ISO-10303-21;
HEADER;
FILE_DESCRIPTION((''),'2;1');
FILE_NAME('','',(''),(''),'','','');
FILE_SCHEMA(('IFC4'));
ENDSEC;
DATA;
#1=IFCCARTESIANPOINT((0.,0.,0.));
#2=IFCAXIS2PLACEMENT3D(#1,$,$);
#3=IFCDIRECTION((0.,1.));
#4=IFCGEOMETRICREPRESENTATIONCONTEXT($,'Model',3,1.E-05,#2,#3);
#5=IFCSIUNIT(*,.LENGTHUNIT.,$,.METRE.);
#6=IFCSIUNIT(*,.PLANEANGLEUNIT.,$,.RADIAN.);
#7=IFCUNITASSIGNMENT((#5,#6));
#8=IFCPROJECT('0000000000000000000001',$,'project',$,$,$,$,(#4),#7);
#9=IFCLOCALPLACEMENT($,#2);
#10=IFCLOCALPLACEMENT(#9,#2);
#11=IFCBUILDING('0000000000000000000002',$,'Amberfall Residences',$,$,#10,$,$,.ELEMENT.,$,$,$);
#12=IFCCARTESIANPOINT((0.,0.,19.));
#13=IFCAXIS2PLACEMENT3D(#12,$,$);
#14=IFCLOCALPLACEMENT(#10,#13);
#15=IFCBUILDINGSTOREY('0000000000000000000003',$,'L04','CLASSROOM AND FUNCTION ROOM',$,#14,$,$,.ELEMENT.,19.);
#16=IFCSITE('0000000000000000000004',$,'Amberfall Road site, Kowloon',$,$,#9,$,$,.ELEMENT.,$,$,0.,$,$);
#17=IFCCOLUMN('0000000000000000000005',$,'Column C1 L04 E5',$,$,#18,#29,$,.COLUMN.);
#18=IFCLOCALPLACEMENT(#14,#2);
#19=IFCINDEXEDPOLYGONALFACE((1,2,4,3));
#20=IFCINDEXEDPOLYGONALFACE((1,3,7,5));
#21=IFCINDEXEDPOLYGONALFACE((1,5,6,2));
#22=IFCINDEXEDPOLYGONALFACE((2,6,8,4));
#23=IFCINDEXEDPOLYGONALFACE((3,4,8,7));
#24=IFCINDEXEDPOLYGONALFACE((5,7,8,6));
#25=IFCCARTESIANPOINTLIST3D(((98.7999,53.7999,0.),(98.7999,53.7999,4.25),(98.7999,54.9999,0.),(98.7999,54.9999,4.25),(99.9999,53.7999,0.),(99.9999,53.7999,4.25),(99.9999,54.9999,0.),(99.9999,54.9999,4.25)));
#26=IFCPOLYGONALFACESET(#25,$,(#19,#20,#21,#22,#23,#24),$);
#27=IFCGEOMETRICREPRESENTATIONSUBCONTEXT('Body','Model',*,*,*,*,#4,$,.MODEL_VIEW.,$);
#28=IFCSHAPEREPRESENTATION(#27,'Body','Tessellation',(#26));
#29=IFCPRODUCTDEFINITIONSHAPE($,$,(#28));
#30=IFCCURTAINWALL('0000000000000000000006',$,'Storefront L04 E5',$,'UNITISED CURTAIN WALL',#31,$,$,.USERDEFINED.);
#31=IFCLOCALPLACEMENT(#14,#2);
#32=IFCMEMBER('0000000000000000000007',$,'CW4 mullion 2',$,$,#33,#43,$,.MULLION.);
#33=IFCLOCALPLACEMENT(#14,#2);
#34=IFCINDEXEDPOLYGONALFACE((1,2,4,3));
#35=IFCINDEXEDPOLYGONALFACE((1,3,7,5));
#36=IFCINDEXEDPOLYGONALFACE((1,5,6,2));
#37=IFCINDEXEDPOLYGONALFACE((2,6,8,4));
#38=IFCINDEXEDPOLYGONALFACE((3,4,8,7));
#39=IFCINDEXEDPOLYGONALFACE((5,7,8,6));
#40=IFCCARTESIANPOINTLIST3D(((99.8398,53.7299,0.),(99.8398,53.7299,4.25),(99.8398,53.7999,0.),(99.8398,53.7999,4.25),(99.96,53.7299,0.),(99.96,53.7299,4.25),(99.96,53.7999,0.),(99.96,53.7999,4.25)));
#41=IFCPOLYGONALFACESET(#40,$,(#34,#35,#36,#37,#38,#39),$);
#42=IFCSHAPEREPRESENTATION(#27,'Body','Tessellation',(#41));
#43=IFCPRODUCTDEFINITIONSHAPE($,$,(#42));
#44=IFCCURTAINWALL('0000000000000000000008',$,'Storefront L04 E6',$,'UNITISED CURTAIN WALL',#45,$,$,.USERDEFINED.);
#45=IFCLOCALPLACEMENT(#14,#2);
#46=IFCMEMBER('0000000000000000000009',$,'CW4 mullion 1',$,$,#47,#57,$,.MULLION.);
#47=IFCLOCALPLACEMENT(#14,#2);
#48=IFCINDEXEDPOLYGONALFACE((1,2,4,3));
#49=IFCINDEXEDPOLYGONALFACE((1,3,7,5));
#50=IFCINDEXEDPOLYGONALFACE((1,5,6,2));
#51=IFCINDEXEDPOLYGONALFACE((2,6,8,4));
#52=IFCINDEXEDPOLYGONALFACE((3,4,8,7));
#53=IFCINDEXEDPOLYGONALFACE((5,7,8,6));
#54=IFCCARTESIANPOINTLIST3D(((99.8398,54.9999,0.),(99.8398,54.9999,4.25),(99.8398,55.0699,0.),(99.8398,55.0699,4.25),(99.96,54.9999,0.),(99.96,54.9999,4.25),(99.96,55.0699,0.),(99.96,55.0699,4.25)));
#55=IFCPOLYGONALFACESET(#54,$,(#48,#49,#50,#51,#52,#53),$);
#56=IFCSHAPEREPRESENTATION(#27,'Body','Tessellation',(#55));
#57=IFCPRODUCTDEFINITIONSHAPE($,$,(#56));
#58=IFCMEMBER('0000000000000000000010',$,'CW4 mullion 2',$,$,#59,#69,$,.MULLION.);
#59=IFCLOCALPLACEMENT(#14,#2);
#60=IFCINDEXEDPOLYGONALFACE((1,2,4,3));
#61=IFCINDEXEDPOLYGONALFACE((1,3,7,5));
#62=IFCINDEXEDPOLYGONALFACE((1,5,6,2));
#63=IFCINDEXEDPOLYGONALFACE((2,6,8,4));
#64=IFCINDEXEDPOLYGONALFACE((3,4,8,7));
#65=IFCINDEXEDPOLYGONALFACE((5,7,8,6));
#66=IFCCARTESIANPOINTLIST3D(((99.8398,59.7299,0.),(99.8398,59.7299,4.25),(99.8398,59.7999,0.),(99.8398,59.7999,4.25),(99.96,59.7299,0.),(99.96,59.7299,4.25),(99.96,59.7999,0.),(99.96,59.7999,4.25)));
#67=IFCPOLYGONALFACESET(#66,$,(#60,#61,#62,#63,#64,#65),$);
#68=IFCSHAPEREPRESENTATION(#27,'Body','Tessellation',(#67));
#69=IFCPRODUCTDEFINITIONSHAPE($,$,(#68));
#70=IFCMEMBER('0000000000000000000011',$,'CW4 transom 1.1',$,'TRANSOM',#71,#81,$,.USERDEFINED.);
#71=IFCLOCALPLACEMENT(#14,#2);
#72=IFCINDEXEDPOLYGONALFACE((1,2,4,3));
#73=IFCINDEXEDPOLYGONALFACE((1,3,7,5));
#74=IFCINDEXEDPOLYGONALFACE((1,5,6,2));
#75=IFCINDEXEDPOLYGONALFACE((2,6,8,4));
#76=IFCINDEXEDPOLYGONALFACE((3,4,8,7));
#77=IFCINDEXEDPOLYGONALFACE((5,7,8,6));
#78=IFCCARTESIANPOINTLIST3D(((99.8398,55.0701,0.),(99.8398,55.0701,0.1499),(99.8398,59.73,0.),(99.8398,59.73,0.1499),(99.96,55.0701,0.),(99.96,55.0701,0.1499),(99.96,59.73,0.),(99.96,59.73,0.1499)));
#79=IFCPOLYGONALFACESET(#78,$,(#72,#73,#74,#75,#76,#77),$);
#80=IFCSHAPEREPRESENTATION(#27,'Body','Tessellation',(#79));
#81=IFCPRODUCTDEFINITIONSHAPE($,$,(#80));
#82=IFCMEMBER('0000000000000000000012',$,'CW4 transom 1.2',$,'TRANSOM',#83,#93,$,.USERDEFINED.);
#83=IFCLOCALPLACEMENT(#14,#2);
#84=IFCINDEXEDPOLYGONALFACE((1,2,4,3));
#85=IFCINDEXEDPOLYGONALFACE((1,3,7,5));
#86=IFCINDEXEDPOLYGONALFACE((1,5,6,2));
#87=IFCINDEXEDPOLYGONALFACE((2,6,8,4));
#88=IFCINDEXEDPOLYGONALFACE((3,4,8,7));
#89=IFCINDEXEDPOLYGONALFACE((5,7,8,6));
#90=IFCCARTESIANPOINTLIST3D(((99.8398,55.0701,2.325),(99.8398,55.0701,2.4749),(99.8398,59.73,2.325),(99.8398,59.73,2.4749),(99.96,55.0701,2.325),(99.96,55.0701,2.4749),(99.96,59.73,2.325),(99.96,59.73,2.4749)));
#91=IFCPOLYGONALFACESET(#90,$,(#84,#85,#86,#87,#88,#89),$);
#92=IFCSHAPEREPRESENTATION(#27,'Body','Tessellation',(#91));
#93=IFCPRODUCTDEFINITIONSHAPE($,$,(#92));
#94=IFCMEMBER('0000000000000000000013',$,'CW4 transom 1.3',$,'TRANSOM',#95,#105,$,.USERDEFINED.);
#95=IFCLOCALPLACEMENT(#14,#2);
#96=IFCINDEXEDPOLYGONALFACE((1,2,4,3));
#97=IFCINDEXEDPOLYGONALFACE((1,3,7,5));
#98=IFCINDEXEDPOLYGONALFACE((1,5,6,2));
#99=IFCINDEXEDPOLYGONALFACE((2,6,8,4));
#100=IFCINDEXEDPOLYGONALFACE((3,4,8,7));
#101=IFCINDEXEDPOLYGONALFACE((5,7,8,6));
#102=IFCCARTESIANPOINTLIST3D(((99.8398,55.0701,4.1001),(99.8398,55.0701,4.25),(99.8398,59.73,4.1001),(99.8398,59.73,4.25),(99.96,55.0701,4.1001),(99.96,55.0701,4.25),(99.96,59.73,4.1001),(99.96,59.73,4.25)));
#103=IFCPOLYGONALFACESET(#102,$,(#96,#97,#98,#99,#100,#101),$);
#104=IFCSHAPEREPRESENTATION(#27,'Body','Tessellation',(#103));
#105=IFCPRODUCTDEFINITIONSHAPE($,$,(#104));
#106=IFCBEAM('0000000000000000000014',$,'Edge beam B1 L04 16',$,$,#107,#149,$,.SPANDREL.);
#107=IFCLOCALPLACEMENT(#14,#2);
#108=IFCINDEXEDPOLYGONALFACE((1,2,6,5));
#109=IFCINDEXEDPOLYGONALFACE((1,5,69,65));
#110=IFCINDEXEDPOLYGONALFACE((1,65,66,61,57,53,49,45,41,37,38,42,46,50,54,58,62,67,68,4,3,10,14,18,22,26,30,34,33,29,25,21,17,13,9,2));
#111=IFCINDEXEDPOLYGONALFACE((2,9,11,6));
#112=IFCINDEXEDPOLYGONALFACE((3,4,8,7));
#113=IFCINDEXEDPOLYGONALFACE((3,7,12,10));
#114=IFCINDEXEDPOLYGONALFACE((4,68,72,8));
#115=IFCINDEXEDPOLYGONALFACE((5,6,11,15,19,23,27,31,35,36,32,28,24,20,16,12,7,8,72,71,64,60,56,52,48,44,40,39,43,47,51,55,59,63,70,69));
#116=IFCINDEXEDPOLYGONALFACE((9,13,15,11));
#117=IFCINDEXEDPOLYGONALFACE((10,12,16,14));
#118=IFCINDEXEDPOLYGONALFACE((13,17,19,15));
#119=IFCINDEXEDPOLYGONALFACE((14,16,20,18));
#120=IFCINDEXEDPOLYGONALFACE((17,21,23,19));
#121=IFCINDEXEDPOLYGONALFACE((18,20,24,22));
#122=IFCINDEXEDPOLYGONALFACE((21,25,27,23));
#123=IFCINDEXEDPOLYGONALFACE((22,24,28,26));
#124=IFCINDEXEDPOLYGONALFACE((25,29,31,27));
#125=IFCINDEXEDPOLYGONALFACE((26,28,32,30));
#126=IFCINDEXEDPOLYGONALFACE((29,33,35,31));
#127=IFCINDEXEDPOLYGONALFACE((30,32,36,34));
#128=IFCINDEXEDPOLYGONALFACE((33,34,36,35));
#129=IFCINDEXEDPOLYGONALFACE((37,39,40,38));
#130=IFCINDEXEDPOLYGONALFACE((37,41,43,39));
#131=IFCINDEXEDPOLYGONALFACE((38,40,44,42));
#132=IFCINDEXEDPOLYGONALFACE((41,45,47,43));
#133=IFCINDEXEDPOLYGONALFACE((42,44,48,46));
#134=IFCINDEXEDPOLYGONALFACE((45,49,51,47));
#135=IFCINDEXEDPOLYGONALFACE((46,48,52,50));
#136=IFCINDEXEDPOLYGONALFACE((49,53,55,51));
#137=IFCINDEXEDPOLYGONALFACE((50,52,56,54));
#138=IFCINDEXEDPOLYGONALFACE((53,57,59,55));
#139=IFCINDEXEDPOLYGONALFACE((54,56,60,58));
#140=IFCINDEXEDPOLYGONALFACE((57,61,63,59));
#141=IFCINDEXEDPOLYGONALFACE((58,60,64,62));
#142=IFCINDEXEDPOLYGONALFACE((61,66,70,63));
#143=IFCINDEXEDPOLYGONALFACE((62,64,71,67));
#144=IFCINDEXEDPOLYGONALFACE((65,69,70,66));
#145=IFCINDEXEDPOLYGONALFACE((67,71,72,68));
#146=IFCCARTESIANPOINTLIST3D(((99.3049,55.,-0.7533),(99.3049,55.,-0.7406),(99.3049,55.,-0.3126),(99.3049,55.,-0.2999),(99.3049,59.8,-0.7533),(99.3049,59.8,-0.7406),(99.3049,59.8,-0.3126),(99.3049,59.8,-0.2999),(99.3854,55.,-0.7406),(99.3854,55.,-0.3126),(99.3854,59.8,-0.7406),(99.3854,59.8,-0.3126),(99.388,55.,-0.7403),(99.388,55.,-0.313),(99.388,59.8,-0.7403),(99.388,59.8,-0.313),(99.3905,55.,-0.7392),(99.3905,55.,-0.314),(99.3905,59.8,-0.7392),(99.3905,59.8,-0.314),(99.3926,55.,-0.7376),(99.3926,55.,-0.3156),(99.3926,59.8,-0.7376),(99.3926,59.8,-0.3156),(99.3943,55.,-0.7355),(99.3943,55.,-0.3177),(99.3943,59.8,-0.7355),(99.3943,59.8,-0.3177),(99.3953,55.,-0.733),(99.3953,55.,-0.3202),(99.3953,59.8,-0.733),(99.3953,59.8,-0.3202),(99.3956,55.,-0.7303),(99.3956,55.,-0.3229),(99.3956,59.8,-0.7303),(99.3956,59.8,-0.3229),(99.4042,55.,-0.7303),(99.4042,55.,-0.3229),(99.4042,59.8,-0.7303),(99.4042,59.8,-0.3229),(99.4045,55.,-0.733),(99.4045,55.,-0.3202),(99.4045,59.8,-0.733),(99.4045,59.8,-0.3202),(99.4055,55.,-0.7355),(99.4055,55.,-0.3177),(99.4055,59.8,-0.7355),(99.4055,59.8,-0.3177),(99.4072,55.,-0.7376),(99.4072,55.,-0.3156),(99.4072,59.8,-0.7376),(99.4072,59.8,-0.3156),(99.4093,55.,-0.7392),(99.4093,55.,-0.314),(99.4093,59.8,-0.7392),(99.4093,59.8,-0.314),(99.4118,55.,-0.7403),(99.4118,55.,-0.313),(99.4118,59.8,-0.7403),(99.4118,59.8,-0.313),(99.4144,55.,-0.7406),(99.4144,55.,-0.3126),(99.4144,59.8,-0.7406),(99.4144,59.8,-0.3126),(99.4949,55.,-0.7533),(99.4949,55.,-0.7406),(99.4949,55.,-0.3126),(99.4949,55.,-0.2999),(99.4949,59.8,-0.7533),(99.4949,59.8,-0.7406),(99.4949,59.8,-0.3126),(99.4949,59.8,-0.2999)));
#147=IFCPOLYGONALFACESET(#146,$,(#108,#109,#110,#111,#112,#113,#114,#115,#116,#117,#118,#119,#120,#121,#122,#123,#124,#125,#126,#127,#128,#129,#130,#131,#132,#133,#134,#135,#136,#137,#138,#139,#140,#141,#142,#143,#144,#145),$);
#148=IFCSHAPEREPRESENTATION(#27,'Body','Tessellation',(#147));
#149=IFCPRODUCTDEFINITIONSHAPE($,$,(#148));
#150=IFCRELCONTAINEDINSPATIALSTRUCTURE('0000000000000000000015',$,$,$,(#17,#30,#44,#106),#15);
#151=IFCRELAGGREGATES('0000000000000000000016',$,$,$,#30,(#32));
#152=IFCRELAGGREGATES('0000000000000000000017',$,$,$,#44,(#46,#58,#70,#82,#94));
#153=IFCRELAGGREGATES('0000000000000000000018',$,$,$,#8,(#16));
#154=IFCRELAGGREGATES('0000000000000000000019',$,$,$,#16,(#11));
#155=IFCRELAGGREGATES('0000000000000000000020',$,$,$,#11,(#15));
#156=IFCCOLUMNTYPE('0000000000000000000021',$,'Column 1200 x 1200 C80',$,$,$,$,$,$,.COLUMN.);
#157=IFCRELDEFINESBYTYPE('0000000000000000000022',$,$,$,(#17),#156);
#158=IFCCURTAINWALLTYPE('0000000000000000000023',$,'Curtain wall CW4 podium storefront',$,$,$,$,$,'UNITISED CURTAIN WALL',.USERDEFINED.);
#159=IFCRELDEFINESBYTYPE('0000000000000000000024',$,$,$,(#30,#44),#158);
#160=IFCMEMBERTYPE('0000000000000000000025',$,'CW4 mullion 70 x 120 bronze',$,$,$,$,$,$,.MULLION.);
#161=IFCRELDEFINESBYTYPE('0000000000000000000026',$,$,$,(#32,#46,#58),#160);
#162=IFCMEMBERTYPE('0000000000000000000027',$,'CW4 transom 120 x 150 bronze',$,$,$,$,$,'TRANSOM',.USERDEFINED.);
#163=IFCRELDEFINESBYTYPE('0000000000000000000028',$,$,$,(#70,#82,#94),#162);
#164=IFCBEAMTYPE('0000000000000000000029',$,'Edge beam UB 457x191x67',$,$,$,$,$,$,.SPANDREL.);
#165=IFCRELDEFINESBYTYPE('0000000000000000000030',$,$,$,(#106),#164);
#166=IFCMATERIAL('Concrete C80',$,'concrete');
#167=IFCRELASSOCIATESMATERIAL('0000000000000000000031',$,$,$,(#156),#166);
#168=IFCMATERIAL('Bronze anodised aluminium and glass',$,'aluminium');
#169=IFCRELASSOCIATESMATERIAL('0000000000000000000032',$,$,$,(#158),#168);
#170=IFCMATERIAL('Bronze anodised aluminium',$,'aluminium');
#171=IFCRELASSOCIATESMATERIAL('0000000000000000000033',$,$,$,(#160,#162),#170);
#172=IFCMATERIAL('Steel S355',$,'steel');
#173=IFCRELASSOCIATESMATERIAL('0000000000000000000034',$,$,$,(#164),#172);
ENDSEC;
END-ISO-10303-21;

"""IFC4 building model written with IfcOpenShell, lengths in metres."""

from ifc_helpers import new_model, si_unit, direction, frame, origin, origin_2d, place, context, subcontext, project, spatial, rectangle, i_section, extrude, material, material_profile, profile_set, type_object, element, aggregate, save


model = new_model("IFC4")

# Units and contexts
model_context = context("Model", 3, precision=1e-05, world=origin(), true_north=direction((0.0, 1.0)))
body_context = subcontext(model_context, "Body", "Model", "MODEL_VIEW")
ifc_project = project(units=[si_unit("LENGTHUNIT", "METRE"), si_unit("PLANEANGLEUNIT", "RADIAN")], contexts=[model_context])

# Site, building, storey
site_placement = place(None, origin())
site = spatial("IfcSite", under=ifc_project, at=site_placement, Name="Amberfall Road site, Kowloon", CompositionType="ELEMENT", RefElevation=0.0)
building_placement = place(site_placement, origin())
building = spatial("IfcBuilding", under=site, at=building_placement, Name="Amberfall Residences", CompositionType="ELEMENT")
storey_placement = place(building_placement, frame((0.0, 0.0, 19.0)))
storey = spatial("IfcBuildingStorey", under=building, at=storey_placement, Name="L04", Description="CLASSROOM AND FUNCTION ROOM", CompositionType="ELEMENT", Elevation=19.0)

# Column
ifc_material_1 = material(Name="Concrete C80", Category="concrete")
ifc_material_profile_1 = material_profile(ifc_material_1, rectangle(XDim=1.2, YDim=1.2, at=origin_2d()), Name="Column 1200 x 1200 C80")
ifc_profile_set_1 = profile_set([ifc_material_profile_1], Name="Concrete C80")
column_type = type_object("IfcColumnType", Name="Column 1200 x 1200 C80", PredefinedType="COLUMN", material=ifc_profile_set_1)
column_placement = place(storey_placement, frame((99.3999, 54.3999, 0.0), z_axis=(0.0, 0.0, 1.0), x_axis=(1.0, 0.0, 0.0)))
element("IfcColumn", 1, at=column_placement, inside=storey, type_object=column_type, Name="Column C1 L04 E5", PredefinedType="COLUMN", context=body_context, shape_type="SweptSolid", body=[
    extrude(rectangle(XDim=1.2, YDim=1.2, at=origin_2d()), origin(), (0.0, 0.0, 1.0), 4.25),
])

# Curtain wall, member
ifc_material_2 = material(Name="Bronze anodised aluminium and glass", Category="aluminium")
curtain_wall_type = type_object("IfcCurtainWallType", Name="Curtain wall CW4 podium storefront", ElementType="UNITISED CURTAIN WALL", PredefinedType="USERDEFINED", material=ifc_material_2)
curtain_wall_1_placement = place(storey_placement, origin())
curtain_wall_1 = element("IfcCurtainWall", 2, at=curtain_wall_1_placement, inside=storey, type_object=curtain_wall_type, Name="Storefront L04 E5", ObjectType="UNITISED CURTAIN WALL", PredefinedType="USERDEFINED")
ifc_material_3 = material(Name="Bronze anodised aluminium", Category="aluminium")
ifc_material_profile_2 = material_profile(ifc_material_3, rectangle(XDim=0.1201, YDim=0.0701, at=origin_2d()), Name="CW4 mullion 70 x 120 bronze")
ifc_profile_set_2 = profile_set([ifc_material_profile_2], Name="Bronze anodised aluminium")
member_type_1 = type_object("IfcMemberType", Name="CW4 mullion 70 x 120 bronze", PredefinedType="MULLION", material=ifc_profile_set_2)
member_1_placement = place(storey_placement, frame((99.8999, 53.7649, 0.0), z_axis=(0.0, 0.0, 1.0), x_axis=(-1.0, 0.0, 0.0)))
member_1 = element("IfcMember", 3, at=member_1_placement, type_object=member_type_1, Name="CW4 mullion 2", PredefinedType="MULLION", context=body_context, shape_type="SweptSolid", body=[
    extrude(rectangle(XDim=0.1201, YDim=0.0701, at=origin_2d()), origin(), (0.0, 0.0, 1.0), 4.25),
])
aggregate(curtain_wall_1, [member_1])

# Curtain wall, members
curtain_wall_2_placement = place(storey_placement, origin())
curtain_wall_2 = element("IfcCurtainWall", 4, at=curtain_wall_2_placement, inside=storey, type_object=curtain_wall_type, Name="Storefront L04 E6", ObjectType="UNITISED CURTAIN WALL", PredefinedType="USERDEFINED")
member_2_placement = place(storey_placement, frame((99.8999, 55.0349, 0.0), z_axis=(0.0, 0.0, 1.0), x_axis=(-1.0, 0.0, 0.0)))
member_2 = element("IfcMember", 5, at=member_2_placement, type_object=member_type_1, Name="CW4 mullion 1", PredefinedType="MULLION", context=body_context, shape_type="SweptSolid", body=[
    extrude(rectangle(XDim=0.1201, YDim=0.0701, at=origin_2d()), origin(), (0.0, 0.0, 1.0), 4.25),
])
member_3_placement = place(storey_placement, frame((99.8999, 59.7649, 0.0), z_axis=(0.0, 0.0, 1.0), x_axis=(-1.0, 0.0, 0.0)))
member_3 = element("IfcMember", 6, at=member_3_placement, type_object=member_type_1, Name="CW4 mullion 2", PredefinedType="MULLION", context=body_context, shape_type="SweptSolid", body=[
    extrude(rectangle(XDim=0.1201, YDim=0.0701, at=origin_2d()), origin(), (0.0, 0.0, 1.0), 4.25),
])
ifc_material_profile_3 = material_profile(ifc_material_3, rectangle(XDim=0.1201, YDim=0.1499, at=origin_2d()), Name="CW4 transom 120 x 150 bronze")
ifc_profile_set_3 = profile_set([ifc_material_profile_3], Name="Bronze anodised aluminium")
member_type_2 = type_object("IfcMemberType", Name="CW4 transom 120 x 150 bronze", ElementType="TRANSOM", PredefinedType="USERDEFINED", material=ifc_profile_set_3)
member_4_placement = place(storey_placement, frame((99.8999, 55.0701, 0.075), z_axis=(0.0, 1.0, 0.0), x_axis=(-1.0, 0.0, 0.0)))
member_4 = element("IfcMember", 7, at=member_4_placement, type_object=member_type_2, Name="CW4 transom 1.1", ObjectType="TRANSOM", PredefinedType="USERDEFINED", context=body_context, shape_type="SweptSolid", body=[
    extrude(rectangle(XDim=0.1201, YDim=0.1499, at=origin_2d()), origin(), (0.0, 0.0, 1.0), 4.6599),
])
member_5_placement = place(storey_placement, frame((99.8999, 55.0701, 2.3999), z_axis=(0.0, 1.0, 0.0), x_axis=(-1.0, 0.0, 0.0)))
member_5 = element("IfcMember", 8, at=member_5_placement, type_object=member_type_2, Name="CW4 transom 1.2", ObjectType="TRANSOM", PredefinedType="USERDEFINED", context=body_context, shape_type="SweptSolid", body=[
    extrude(rectangle(XDim=0.1201, YDim=0.1499, at=origin_2d()), origin(), (0.0, 0.0, 1.0), 4.6599),
])
member_6_placement = place(storey_placement, frame((99.8999, 55.0701, 4.175), z_axis=(0.0, 1.0, 0.0), x_axis=(-1.0, 0.0, 0.0)))
member_6 = element("IfcMember", 9, at=member_6_placement, type_object=member_type_2, Name="CW4 transom 1.3", ObjectType="TRANSOM", PredefinedType="USERDEFINED", context=body_context, shape_type="SweptSolid", body=[
    extrude(rectangle(XDim=0.1201, YDim=0.1499, at=origin_2d()), origin(), (0.0, 0.0, 1.0), 4.6599),
])

# Beam
ifc_material_4 = material(Name="Steel S355", Category="steel")
ifc_material_profile_4 = material_profile(ifc_material_4, i_section(OverallWidth=0.1899, OverallDepth=0.4534, WebThickness=0.0085, FlangeThickness=0.0127, FilletRadius=0.0103, at=origin_2d()), Name="UB 457x191x67")
ifc_profile_set_4 = profile_set([ifc_material_profile_4], Name="Steel S355")
beam_type_1 = type_object("IfcBeamType", Name="Edge beam UB 457x191x67", PredefinedType="SPANDREL", material=ifc_profile_set_4)
beam_1_placement = place(storey_placement, frame((99.3999, 55.0, -0.5266), z_axis=(0.0, 1.0, 0.0), x_axis=(-1.0, 0.0, 0.0)))
element("IfcBeam", 10, at=beam_1_placement, inside=storey, type_object=beam_type_1, Name="Edge beam B1 L04 16", PredefinedType="SPANDREL", context=body_context, shape_type="SweptSolid", body=[
    extrude(i_section(OverallWidth=0.1899, OverallDepth=0.4534, WebThickness=0.0085, FlangeThickness=0.0127, FilletRadius=0.0103, at=origin_2d()), origin(), (0.0, 0.0, 1.0), 4.8),
])

aggregate(curtain_wall_2, [member_2, member_3, member_4, member_5, member_6])

save(model, "model.ifc")
